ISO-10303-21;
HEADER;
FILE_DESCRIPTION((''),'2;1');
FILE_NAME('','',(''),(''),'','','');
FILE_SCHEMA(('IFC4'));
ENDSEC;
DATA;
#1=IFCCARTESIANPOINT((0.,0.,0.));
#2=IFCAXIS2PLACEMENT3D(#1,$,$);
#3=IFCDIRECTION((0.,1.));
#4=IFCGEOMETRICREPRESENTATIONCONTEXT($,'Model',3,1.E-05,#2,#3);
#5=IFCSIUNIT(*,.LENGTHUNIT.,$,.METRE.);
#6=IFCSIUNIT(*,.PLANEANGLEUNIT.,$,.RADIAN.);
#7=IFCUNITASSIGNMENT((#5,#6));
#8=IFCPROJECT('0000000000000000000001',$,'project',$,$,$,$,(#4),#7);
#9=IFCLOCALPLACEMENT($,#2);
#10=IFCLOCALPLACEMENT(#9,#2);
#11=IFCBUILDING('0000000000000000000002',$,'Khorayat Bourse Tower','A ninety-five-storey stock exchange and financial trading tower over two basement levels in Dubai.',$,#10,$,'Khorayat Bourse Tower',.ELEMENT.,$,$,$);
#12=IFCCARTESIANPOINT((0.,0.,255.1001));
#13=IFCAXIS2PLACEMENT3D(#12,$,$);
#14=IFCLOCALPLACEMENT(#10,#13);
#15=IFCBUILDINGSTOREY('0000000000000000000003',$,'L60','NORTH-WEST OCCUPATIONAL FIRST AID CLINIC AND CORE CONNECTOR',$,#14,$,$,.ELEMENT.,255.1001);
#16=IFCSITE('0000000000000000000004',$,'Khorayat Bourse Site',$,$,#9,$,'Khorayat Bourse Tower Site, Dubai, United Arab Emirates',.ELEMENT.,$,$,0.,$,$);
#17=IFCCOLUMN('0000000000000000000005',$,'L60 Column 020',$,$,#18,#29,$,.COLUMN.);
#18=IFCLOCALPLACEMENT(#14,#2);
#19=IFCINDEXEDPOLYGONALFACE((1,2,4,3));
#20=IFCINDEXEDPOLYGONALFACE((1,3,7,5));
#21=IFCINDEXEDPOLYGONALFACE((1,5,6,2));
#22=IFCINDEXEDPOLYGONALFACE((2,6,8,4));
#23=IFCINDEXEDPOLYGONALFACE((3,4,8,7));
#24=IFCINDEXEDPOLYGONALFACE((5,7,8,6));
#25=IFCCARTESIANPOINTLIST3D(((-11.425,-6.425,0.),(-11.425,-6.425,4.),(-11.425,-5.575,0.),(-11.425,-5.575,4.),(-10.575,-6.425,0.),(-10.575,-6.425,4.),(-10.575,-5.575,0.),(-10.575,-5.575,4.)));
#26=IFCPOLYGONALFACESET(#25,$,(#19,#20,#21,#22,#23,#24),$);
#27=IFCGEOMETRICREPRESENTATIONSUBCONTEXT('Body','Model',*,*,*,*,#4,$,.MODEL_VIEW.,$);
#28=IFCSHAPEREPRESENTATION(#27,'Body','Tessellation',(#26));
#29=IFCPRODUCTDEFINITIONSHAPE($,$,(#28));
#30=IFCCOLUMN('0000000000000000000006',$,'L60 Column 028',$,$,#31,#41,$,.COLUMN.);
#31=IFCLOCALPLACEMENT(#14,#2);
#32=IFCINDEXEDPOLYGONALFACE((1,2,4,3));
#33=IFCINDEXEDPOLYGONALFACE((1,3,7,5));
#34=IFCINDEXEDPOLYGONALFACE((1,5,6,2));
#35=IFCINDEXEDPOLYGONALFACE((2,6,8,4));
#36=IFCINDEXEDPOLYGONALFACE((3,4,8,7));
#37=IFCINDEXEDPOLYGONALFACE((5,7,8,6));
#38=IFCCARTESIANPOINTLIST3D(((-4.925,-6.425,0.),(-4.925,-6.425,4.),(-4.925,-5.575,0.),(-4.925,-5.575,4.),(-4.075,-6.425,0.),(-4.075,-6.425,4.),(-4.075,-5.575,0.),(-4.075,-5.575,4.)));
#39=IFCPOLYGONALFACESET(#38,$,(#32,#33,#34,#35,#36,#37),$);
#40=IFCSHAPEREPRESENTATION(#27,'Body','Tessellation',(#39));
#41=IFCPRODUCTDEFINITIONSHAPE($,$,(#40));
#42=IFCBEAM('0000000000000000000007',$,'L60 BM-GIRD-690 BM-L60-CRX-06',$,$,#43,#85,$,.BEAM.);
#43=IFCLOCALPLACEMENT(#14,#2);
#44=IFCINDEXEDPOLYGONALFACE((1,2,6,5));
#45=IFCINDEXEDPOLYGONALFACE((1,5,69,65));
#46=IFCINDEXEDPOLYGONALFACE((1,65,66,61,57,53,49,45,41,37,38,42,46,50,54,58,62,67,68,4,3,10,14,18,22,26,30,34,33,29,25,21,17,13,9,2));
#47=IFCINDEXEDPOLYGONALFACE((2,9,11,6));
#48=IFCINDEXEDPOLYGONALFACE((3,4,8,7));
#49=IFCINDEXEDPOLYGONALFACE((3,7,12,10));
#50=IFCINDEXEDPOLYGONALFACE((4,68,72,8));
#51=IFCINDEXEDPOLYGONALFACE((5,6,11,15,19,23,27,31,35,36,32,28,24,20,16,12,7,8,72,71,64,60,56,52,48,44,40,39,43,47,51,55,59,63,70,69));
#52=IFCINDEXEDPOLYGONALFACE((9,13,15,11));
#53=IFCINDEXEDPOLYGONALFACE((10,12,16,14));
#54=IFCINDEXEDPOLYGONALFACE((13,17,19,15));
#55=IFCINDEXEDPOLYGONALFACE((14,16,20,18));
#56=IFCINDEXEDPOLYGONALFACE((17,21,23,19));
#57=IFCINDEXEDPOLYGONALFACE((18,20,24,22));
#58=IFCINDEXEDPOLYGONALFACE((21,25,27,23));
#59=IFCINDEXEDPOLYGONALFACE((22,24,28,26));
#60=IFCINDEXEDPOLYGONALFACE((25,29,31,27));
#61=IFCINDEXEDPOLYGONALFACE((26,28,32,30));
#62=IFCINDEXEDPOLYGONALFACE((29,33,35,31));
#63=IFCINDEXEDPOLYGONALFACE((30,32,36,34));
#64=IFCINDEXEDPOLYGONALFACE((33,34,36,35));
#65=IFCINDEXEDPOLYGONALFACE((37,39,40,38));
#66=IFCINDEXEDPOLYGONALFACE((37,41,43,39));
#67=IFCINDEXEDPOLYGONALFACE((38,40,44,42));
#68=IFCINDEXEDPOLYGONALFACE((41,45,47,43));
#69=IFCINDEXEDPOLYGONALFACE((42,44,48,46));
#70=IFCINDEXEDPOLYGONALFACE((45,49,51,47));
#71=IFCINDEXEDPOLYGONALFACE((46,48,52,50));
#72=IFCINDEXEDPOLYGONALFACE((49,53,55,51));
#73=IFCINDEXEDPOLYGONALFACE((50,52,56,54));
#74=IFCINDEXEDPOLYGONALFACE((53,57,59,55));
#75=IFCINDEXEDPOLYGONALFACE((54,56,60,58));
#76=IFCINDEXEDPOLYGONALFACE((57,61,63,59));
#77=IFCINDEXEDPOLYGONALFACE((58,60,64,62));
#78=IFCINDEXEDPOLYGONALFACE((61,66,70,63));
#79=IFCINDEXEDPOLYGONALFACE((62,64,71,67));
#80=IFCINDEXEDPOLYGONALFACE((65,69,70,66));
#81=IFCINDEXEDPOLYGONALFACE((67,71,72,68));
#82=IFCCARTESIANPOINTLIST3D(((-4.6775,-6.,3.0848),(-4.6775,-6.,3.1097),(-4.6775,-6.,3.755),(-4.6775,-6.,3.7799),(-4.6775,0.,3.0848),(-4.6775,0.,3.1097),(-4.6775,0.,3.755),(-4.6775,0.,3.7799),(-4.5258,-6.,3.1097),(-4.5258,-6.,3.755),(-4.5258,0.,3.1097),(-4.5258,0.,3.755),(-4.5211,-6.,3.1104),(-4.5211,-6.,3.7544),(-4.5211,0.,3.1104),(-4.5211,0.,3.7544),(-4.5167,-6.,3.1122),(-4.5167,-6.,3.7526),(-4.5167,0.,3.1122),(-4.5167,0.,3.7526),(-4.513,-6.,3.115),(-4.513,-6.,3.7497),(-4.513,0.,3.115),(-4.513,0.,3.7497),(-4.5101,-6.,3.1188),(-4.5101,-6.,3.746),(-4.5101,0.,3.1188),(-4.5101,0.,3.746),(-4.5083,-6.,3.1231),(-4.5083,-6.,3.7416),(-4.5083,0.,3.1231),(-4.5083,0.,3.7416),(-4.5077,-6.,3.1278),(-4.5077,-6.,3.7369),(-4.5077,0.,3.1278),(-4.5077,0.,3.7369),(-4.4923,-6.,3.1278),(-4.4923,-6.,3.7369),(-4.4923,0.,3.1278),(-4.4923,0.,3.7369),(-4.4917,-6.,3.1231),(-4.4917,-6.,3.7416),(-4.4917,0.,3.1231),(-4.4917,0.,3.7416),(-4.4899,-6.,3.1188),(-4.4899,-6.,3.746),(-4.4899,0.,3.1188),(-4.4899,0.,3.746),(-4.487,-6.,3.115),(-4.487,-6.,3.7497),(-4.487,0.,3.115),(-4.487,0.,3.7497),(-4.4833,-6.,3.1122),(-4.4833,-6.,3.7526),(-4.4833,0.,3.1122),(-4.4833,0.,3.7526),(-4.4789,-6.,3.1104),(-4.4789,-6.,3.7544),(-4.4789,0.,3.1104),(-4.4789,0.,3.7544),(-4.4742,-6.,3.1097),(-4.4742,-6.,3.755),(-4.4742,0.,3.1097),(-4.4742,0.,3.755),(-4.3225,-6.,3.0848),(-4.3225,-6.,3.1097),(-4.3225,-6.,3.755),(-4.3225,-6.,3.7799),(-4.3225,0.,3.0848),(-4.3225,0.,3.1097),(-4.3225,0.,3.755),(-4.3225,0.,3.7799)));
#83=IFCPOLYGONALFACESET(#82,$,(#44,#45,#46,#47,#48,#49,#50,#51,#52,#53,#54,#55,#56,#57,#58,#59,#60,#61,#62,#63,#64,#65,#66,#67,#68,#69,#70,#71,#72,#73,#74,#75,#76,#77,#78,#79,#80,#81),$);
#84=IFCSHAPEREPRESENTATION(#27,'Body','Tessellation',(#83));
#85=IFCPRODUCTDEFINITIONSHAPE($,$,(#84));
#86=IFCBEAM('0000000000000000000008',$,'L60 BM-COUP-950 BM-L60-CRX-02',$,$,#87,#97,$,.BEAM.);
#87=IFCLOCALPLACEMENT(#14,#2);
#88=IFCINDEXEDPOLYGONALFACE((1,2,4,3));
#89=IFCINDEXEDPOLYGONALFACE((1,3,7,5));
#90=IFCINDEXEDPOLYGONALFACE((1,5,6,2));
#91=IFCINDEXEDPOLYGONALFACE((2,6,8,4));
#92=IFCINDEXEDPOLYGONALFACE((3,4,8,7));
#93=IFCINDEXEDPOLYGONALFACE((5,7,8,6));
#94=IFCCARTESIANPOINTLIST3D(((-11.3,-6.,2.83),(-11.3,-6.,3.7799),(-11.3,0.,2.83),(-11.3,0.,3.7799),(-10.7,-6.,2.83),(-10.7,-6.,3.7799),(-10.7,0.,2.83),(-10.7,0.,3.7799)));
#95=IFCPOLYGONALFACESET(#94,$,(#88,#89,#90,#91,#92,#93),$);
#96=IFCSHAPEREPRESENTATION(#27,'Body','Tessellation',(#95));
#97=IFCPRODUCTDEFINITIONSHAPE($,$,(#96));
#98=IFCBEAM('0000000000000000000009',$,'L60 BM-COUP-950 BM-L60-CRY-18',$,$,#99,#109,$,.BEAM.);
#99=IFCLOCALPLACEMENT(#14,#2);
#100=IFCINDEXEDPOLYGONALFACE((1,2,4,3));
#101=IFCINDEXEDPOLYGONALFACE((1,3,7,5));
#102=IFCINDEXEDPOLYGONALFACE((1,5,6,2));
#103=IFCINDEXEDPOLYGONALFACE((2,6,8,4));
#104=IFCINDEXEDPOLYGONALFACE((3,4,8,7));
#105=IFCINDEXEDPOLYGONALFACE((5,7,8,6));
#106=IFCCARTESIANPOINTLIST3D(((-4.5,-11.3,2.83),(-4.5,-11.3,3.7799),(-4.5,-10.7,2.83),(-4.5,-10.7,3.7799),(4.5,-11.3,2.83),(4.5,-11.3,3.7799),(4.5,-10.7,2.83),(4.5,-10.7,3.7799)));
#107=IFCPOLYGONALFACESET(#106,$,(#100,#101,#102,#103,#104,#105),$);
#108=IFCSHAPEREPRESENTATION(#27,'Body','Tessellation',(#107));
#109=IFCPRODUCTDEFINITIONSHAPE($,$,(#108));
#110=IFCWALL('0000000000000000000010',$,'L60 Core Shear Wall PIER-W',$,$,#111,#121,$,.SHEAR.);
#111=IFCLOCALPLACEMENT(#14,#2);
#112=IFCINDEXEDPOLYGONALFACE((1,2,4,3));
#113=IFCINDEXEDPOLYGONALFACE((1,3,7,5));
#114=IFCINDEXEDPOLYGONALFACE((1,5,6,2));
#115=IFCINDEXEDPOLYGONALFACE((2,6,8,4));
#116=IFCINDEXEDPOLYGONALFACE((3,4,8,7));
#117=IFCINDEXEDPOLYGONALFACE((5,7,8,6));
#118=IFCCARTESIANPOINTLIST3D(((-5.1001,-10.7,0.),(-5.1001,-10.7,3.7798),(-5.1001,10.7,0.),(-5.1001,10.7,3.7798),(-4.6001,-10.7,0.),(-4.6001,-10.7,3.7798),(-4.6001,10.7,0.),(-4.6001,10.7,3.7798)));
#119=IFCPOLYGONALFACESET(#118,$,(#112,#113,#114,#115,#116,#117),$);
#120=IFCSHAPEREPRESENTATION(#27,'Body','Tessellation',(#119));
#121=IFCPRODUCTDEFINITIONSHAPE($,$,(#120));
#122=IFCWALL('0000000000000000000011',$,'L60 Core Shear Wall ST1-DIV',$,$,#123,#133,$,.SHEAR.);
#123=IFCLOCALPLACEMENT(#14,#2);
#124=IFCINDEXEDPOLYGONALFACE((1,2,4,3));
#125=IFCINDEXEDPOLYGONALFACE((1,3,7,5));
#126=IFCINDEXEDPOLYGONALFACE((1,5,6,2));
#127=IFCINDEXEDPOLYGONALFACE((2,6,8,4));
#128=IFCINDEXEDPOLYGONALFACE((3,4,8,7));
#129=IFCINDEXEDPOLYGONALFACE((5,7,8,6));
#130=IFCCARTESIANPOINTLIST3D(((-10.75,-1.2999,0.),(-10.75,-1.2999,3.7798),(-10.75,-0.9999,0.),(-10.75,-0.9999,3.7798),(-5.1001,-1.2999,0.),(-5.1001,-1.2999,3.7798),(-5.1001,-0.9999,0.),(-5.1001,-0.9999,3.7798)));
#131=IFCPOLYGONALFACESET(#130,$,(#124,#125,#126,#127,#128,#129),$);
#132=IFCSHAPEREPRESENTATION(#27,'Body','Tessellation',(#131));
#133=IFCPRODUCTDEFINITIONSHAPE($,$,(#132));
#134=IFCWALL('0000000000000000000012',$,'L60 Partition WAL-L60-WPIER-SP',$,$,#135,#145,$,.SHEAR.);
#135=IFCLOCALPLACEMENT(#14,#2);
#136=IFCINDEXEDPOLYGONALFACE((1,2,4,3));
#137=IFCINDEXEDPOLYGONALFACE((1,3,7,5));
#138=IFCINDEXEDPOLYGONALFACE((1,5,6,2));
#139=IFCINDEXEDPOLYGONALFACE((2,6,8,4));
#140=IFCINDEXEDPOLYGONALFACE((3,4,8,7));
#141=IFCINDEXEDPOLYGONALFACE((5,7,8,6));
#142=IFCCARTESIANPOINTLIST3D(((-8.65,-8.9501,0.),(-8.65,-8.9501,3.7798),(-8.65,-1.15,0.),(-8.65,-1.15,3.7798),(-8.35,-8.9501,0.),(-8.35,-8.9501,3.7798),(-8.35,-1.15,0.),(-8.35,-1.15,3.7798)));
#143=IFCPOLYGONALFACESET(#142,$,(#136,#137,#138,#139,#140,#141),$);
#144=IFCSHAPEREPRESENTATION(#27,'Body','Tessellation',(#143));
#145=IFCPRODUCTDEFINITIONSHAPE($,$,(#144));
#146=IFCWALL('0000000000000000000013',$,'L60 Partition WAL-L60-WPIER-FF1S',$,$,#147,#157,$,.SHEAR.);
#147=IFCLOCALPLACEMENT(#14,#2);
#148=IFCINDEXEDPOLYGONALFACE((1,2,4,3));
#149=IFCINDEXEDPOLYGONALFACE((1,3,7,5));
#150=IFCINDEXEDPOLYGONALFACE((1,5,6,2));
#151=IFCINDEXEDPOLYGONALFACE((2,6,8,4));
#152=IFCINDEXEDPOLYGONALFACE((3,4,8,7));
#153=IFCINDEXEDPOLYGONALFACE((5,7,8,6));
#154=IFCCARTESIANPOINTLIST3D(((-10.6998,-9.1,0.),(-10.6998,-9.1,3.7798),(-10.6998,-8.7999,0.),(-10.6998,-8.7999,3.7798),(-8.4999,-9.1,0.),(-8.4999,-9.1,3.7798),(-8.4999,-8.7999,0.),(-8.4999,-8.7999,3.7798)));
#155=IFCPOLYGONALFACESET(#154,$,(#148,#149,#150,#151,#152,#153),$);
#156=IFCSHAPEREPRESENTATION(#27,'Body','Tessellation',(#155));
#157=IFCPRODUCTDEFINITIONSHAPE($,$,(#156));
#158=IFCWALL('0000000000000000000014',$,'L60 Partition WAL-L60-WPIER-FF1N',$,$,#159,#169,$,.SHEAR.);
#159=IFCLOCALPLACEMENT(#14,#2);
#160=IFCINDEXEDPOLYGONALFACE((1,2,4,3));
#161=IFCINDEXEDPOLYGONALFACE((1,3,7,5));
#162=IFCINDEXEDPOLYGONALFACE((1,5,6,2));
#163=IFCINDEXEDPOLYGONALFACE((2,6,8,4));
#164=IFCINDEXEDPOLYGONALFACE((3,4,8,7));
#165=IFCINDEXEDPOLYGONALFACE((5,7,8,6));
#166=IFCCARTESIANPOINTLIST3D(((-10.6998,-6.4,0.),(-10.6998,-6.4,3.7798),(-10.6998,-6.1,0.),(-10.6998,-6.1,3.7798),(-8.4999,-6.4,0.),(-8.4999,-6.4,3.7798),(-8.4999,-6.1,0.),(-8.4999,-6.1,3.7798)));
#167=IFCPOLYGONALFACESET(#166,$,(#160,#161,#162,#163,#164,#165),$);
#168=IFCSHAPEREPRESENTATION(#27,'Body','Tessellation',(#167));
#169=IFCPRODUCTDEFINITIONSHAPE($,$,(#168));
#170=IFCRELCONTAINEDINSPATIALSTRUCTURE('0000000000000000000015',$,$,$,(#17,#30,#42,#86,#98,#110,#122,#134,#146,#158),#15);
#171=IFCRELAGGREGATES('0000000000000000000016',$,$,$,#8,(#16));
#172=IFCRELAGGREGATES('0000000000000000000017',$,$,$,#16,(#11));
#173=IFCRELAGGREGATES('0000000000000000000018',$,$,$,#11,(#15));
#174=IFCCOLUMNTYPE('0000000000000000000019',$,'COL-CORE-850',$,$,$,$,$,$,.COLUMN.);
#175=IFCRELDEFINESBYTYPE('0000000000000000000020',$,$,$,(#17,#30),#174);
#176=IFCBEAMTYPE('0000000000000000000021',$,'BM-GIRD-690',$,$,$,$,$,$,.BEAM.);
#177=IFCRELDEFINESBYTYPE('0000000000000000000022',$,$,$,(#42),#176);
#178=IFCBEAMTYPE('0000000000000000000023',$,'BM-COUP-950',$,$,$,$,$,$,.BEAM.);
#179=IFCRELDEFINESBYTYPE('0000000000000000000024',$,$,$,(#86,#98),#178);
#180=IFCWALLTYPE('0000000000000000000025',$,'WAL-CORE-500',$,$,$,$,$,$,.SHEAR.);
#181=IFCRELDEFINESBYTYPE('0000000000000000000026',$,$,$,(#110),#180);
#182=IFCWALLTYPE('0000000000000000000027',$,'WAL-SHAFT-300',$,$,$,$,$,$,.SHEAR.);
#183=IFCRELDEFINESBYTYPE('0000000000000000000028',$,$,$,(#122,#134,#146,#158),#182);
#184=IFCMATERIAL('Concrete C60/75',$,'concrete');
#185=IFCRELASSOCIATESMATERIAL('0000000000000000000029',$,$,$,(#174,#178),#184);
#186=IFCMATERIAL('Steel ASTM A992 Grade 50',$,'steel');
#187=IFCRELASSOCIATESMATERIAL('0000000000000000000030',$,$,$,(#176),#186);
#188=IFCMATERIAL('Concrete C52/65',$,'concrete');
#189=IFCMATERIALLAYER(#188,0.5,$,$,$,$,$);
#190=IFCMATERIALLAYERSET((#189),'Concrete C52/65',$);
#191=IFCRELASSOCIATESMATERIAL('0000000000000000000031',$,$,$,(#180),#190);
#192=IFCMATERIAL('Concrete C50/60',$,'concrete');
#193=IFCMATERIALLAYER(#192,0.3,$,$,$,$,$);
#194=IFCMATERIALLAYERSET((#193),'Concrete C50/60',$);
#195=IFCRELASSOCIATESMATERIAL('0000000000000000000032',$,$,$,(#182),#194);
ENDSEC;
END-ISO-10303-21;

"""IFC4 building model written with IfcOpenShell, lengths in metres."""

from ifc_helpers import new_model, si_unit, direction, frame, frame_2d, origin, origin_2d, place, context, subcontext, project, spatial, rectangle, i_section, extrude, source, transform, mapped, material, layer, layer_set, material_profile, profile_set, type_object, element, save


model = new_model("IFC4")

# Units and contexts
model_context = context("Model", 3, precision=1e-05, world=origin(), true_north=direction((0.0, 1.0)))
body_context = subcontext(model_context, "Body", "Model", "MODEL_VIEW")
ifc_project = project(units=[si_unit("LENGTHUNIT", "METRE"), si_unit("PLANEANGLEUNIT", "RADIAN")], contexts=[model_context])

# Site, building, storey
site_placement = place(None, origin())
site = spatial("IfcSite", under=ifc_project, at=site_placement, Name="Khorayat Bourse Site", LongName="Khorayat Bourse Tower Site, Dubai, United Arab Emirates", CompositionType="ELEMENT", RefElevation=0.0)
building_placement = place(site_placement, origin())
building = spatial("IfcBuilding", under=site, at=building_placement, Name="Khorayat Bourse Tower", Description="A ninety-five-storey stock exchange and financial trading tower over two basement levels in Dubai.", LongName="Khorayat Bourse Tower", CompositionType="ELEMENT")
storey_placement = place(building_placement, frame((0.0, 0.0, 255.1001)))
storey = spatial("IfcBuildingStorey", under=building, at=storey_placement, Name="L60", Description="NORTH-WEST OCCUPATIONAL FIRST AID CLINIC AND CORE CONNECTOR", CompositionType="ELEMENT", Elevation=255.1001)

# Columns
ifc_material_1 = material(Name="Concrete C60/75", Category="concrete")
ifc_material_profile_1 = material_profile(ifc_material_1, rectangle(XDim=0.8501, YDim=0.8501, at=origin_2d()), Name="RC 850x850")
ifc_profile_set_1 = profile_set([ifc_material_profile_1], Name="Concrete C60/75")
column_type = type_object("IfcColumnType", Name="COL-CORE-850", PredefinedType="COLUMN", material=ifc_profile_set_1)
shared_shape_1 = source(origin(), body_context, "Body", "SweptSolid", [
    extrude(rectangle(XDim=0.8501, YDim=0.8501, at=origin_2d()), origin(), (0.0, 0.0, 1.0), 4.0),
])
for number, where, z_axis, x_axis, name in (
    (1, (-11.0, -6.0, 0.0), (0.0, 0.0, 1.0), (1.0, 0.0, 0.0), "L60 Column 020"),
    (2, (-4.5, -6.0, 0.0), (0.0, 0.0, 1.0), (1.0, 0.0, 0.0), "L60 Column 028"),
):
    element("IfcColumn", number, at=place(storey_placement, frame(where, z_axis=z_axis, x_axis=x_axis)), inside=storey, type_object=column_type, Name=name, PredefinedType="COLUMN", context=body_context, shape_type="MappedRepresentation", body=[
        mapped(shared_shape_1, transform((0.0, 0.0, 0.0), scale=1.0)),
    ])

# Beams
ifc_material_2 = material(Name="Steel ASTM A992 Grade 50", Category="steel")
ifc_material_profile_2 = material_profile(ifc_material_2, i_section(OverallWidth=0.355, OverallDepth=0.6951, WebThickness=0.0154, FlangeThickness=0.0249, FilletRadius=0.0181, at=origin_2d()), Name="W690X217")
ifc_profile_set_2 = profile_set([ifc_material_profile_2], Name="Steel ASTM A992 Grade 50")
beam_type_1 = type_object("IfcBeamType", Name="BM-GIRD-690", PredefinedType="BEAM", material=ifc_profile_set_2)
shared_shape_2 = source(origin(), body_context, "Body", "SweptSolid", [
    extrude(i_section(OverallWidth=0.355, OverallDepth=0.6951, WebThickness=0.0154, FlangeThickness=0.0249, FilletRadius=0.0181, at=origin_2d()), origin(), (0.0, 0.0, 1.0), 6.0),
])
beam_1_placement = place(storey_placement, frame((-4.5, -6.0, 3.4324), z_axis=(0.0, 1.0, 0.0), x_axis=(-1.0, 0.0, 0.0)))
element("IfcBeam", 3, at=beam_1_placement, inside=storey, type_object=beam_type_1, Name="L60 BM-GIRD-690 BM-L60-CRX-06", PredefinedType="BEAM", context=body_context, shape_type="MappedRepresentation", body=[
    mapped(shared_shape_2, transform((0.0, 0.0, 0.0), scale=1.0)),
])
ifc_material_profile_3 = material_profile(ifc_material_1, rectangle(XDim=0.6001, YDim=0.95, at=origin_2d()), Name="RC 600x950")
ifc_profile_set_3 = profile_set([ifc_material_profile_3], Name="Concrete C60/75")
beam_type_2 = type_object("IfcBeamType", Name="BM-COUP-950", PredefinedType="BEAM", material=ifc_profile_set_3)
shared_shape_3 = source(origin(), body_context, "Body", "SweptSolid", [
    extrude(rectangle(XDim=0.6001, YDim=0.95, at=origin_2d()), origin(), (0.0, 0.0, 1.0), 6.0),
])
beam_2_placement = place(storey_placement, frame((-11.0, -6.0, 3.3049), z_axis=(0.0, 1.0, 0.0), x_axis=(-1.0, 0.0, 0.0)))
element("IfcBeam", 4, at=beam_2_placement, inside=storey, type_object=beam_type_2, Name="L60 BM-COUP-950 BM-L60-CRX-02", PredefinedType="BEAM", context=body_context, shape_type="MappedRepresentation", body=[
    mapped(shared_shape_3, transform((0.0, 0.0, 0.0), scale=1.0)),
])
shared_shape_4 = source(origin(), body_context, "Body", "SweptSolid", [
    extrude(rectangle(XDim=0.6001, YDim=0.95, at=origin_2d()), origin(), (0.0, 0.0, 1.0), 9.0),
])
beam_3_placement = place(storey_placement, frame((-4.5, -11.0, 3.3049), z_axis=(1.0, 0.0, 0.0), x_axis=(0.0, 1.0, 0.0)))
element("IfcBeam", 5, at=beam_3_placement, inside=storey, type_object=beam_type_2, Name="L60 BM-COUP-950 BM-L60-CRY-18", PredefinedType="BEAM", context=body_context, shape_type="MappedRepresentation", body=[
    mapped(shared_shape_4, transform((0.0, 0.0, 0.0), scale=1.0)),
])

# Walls
ifc_material_3 = material(Name="Concrete C52/65", Category="concrete")
ifc_layer_1 = layer(ifc_material_3, 0.5)
ifc_layer_set_1 = layer_set([ifc_layer_1], Name="Concrete C52/65")
wall_type_1 = type_object("IfcWallType", Name="WAL-CORE-500", PredefinedType="SHEAR", material=ifc_layer_set_1)
shared_shape_5 = source(origin(), body_context, "Body", "SweptSolid", [
    extrude(rectangle(XDim=21.3999, YDim=0.5, at=frame_2d((10.7, 0.0))), origin(), (0.0, 0.0, 1.0), 3.7798),
])
wall_1_placement = place(storey_placement, frame((-4.8501, -10.7, 0.0), z_axis=(0.0, 0.0, 1.0), x_axis=(0.0, 1.0, 0.0)))
element("IfcWall", 6, at=wall_1_placement, inside=storey, type_object=wall_type_1, Name="L60 Core Shear Wall PIER-W", PredefinedType="SHEAR", context=body_context, shape_type="MappedRepresentation", body=[
    mapped(shared_shape_5, transform((0.0, 0.0, 0.0), scale=1.0)),
])
ifc_material_4 = material(Name="Concrete C50/60", Category="concrete")
ifc_layer_2 = layer(ifc_material_4, 0.3)
ifc_layer_set_2 = layer_set([ifc_layer_2], Name="Concrete C50/60")
wall_type_2 = type_object("IfcWallType", Name="WAL-SHAFT-300", PredefinedType="SHEAR", material=ifc_layer_set_2)
shared_shape_6 = source(origin(), body_context, "Body", "SweptSolid", [
    extrude(rectangle(XDim=5.6499, YDim=0.3, at=frame_2d((2.825, 0.0))), origin(), (0.0, 0.0, 1.0), 3.7798),
])
wall_2_placement = place(storey_placement, frame((-10.75, -1.1499, 0.0), z_axis=(0.0, 0.0, 1.0), x_axis=(1.0, 0.0, 0.0)))
element("IfcWall", 7, at=wall_2_placement, inside=storey, type_object=wall_type_2, Name="L60 Core Shear Wall ST1-DIV", PredefinedType="SHEAR", context=body_context, shape_type="MappedRepresentation", body=[
    mapped(shared_shape_6, transform((0.0, 0.0, 0.0), scale=1.0)),
])
shared_shape_7 = source(origin(), body_context, "Body", "SweptSolid", [
    extrude(rectangle(XDim=7.8, YDim=0.3, at=frame_2d((3.8999, 0.0))), origin(), (0.0, 0.0, 1.0), 3.7798),
])
wall_3_placement = place(storey_placement, frame((-8.5, -8.95, 0.0), z_axis=(0.0, 0.0, 1.0), x_axis=(0.0, 1.0, 0.0)))
element("IfcWall", 8, at=wall_3_placement, inside=storey, type_object=wall_type_2, Name="L60 Partition WAL-L60-WPIER-SP", PredefinedType="SHEAR", context=body_context, shape_type="MappedRepresentation", body=[
    mapped(shared_shape_7, transform((0.0, 0.0, 0.0), scale=1.0)),
])
shared_shape_8 = source(origin(), body_context, "Body", "SweptSolid", [
    extrude(rectangle(XDim=2.2, YDim=0.3, at=frame_2d((1.1001, 0.0))), origin(), (0.0, 0.0, 1.0), 3.7798),
])
for number, where, z_axis, x_axis, name in (
    (9, (-10.7, -8.95, 0.0), (0.0, 0.0, 1.0), (1.0, 0.0, 0.0), "L60 Partition WAL-L60-WPIER-FF1S"),
    (10, (-10.7, -6.25, 0.0), (0.0, 0.0, 1.0), (1.0, 0.0, 0.0), "L60 Partition WAL-L60-WPIER-FF1N"),
):
    element("IfcWall", number, at=place(storey_placement, frame(where, z_axis=z_axis, x_axis=x_axis)), inside=storey, type_object=wall_type_2, Name=name, PredefinedType="SHEAR", context=body_context, shape_type="MappedRepresentation", body=[
        mapped(shared_shape_8, transform((0.0, 0.0, 0.0), scale=1.0)),
    ])

save(model, "model.ifc")
